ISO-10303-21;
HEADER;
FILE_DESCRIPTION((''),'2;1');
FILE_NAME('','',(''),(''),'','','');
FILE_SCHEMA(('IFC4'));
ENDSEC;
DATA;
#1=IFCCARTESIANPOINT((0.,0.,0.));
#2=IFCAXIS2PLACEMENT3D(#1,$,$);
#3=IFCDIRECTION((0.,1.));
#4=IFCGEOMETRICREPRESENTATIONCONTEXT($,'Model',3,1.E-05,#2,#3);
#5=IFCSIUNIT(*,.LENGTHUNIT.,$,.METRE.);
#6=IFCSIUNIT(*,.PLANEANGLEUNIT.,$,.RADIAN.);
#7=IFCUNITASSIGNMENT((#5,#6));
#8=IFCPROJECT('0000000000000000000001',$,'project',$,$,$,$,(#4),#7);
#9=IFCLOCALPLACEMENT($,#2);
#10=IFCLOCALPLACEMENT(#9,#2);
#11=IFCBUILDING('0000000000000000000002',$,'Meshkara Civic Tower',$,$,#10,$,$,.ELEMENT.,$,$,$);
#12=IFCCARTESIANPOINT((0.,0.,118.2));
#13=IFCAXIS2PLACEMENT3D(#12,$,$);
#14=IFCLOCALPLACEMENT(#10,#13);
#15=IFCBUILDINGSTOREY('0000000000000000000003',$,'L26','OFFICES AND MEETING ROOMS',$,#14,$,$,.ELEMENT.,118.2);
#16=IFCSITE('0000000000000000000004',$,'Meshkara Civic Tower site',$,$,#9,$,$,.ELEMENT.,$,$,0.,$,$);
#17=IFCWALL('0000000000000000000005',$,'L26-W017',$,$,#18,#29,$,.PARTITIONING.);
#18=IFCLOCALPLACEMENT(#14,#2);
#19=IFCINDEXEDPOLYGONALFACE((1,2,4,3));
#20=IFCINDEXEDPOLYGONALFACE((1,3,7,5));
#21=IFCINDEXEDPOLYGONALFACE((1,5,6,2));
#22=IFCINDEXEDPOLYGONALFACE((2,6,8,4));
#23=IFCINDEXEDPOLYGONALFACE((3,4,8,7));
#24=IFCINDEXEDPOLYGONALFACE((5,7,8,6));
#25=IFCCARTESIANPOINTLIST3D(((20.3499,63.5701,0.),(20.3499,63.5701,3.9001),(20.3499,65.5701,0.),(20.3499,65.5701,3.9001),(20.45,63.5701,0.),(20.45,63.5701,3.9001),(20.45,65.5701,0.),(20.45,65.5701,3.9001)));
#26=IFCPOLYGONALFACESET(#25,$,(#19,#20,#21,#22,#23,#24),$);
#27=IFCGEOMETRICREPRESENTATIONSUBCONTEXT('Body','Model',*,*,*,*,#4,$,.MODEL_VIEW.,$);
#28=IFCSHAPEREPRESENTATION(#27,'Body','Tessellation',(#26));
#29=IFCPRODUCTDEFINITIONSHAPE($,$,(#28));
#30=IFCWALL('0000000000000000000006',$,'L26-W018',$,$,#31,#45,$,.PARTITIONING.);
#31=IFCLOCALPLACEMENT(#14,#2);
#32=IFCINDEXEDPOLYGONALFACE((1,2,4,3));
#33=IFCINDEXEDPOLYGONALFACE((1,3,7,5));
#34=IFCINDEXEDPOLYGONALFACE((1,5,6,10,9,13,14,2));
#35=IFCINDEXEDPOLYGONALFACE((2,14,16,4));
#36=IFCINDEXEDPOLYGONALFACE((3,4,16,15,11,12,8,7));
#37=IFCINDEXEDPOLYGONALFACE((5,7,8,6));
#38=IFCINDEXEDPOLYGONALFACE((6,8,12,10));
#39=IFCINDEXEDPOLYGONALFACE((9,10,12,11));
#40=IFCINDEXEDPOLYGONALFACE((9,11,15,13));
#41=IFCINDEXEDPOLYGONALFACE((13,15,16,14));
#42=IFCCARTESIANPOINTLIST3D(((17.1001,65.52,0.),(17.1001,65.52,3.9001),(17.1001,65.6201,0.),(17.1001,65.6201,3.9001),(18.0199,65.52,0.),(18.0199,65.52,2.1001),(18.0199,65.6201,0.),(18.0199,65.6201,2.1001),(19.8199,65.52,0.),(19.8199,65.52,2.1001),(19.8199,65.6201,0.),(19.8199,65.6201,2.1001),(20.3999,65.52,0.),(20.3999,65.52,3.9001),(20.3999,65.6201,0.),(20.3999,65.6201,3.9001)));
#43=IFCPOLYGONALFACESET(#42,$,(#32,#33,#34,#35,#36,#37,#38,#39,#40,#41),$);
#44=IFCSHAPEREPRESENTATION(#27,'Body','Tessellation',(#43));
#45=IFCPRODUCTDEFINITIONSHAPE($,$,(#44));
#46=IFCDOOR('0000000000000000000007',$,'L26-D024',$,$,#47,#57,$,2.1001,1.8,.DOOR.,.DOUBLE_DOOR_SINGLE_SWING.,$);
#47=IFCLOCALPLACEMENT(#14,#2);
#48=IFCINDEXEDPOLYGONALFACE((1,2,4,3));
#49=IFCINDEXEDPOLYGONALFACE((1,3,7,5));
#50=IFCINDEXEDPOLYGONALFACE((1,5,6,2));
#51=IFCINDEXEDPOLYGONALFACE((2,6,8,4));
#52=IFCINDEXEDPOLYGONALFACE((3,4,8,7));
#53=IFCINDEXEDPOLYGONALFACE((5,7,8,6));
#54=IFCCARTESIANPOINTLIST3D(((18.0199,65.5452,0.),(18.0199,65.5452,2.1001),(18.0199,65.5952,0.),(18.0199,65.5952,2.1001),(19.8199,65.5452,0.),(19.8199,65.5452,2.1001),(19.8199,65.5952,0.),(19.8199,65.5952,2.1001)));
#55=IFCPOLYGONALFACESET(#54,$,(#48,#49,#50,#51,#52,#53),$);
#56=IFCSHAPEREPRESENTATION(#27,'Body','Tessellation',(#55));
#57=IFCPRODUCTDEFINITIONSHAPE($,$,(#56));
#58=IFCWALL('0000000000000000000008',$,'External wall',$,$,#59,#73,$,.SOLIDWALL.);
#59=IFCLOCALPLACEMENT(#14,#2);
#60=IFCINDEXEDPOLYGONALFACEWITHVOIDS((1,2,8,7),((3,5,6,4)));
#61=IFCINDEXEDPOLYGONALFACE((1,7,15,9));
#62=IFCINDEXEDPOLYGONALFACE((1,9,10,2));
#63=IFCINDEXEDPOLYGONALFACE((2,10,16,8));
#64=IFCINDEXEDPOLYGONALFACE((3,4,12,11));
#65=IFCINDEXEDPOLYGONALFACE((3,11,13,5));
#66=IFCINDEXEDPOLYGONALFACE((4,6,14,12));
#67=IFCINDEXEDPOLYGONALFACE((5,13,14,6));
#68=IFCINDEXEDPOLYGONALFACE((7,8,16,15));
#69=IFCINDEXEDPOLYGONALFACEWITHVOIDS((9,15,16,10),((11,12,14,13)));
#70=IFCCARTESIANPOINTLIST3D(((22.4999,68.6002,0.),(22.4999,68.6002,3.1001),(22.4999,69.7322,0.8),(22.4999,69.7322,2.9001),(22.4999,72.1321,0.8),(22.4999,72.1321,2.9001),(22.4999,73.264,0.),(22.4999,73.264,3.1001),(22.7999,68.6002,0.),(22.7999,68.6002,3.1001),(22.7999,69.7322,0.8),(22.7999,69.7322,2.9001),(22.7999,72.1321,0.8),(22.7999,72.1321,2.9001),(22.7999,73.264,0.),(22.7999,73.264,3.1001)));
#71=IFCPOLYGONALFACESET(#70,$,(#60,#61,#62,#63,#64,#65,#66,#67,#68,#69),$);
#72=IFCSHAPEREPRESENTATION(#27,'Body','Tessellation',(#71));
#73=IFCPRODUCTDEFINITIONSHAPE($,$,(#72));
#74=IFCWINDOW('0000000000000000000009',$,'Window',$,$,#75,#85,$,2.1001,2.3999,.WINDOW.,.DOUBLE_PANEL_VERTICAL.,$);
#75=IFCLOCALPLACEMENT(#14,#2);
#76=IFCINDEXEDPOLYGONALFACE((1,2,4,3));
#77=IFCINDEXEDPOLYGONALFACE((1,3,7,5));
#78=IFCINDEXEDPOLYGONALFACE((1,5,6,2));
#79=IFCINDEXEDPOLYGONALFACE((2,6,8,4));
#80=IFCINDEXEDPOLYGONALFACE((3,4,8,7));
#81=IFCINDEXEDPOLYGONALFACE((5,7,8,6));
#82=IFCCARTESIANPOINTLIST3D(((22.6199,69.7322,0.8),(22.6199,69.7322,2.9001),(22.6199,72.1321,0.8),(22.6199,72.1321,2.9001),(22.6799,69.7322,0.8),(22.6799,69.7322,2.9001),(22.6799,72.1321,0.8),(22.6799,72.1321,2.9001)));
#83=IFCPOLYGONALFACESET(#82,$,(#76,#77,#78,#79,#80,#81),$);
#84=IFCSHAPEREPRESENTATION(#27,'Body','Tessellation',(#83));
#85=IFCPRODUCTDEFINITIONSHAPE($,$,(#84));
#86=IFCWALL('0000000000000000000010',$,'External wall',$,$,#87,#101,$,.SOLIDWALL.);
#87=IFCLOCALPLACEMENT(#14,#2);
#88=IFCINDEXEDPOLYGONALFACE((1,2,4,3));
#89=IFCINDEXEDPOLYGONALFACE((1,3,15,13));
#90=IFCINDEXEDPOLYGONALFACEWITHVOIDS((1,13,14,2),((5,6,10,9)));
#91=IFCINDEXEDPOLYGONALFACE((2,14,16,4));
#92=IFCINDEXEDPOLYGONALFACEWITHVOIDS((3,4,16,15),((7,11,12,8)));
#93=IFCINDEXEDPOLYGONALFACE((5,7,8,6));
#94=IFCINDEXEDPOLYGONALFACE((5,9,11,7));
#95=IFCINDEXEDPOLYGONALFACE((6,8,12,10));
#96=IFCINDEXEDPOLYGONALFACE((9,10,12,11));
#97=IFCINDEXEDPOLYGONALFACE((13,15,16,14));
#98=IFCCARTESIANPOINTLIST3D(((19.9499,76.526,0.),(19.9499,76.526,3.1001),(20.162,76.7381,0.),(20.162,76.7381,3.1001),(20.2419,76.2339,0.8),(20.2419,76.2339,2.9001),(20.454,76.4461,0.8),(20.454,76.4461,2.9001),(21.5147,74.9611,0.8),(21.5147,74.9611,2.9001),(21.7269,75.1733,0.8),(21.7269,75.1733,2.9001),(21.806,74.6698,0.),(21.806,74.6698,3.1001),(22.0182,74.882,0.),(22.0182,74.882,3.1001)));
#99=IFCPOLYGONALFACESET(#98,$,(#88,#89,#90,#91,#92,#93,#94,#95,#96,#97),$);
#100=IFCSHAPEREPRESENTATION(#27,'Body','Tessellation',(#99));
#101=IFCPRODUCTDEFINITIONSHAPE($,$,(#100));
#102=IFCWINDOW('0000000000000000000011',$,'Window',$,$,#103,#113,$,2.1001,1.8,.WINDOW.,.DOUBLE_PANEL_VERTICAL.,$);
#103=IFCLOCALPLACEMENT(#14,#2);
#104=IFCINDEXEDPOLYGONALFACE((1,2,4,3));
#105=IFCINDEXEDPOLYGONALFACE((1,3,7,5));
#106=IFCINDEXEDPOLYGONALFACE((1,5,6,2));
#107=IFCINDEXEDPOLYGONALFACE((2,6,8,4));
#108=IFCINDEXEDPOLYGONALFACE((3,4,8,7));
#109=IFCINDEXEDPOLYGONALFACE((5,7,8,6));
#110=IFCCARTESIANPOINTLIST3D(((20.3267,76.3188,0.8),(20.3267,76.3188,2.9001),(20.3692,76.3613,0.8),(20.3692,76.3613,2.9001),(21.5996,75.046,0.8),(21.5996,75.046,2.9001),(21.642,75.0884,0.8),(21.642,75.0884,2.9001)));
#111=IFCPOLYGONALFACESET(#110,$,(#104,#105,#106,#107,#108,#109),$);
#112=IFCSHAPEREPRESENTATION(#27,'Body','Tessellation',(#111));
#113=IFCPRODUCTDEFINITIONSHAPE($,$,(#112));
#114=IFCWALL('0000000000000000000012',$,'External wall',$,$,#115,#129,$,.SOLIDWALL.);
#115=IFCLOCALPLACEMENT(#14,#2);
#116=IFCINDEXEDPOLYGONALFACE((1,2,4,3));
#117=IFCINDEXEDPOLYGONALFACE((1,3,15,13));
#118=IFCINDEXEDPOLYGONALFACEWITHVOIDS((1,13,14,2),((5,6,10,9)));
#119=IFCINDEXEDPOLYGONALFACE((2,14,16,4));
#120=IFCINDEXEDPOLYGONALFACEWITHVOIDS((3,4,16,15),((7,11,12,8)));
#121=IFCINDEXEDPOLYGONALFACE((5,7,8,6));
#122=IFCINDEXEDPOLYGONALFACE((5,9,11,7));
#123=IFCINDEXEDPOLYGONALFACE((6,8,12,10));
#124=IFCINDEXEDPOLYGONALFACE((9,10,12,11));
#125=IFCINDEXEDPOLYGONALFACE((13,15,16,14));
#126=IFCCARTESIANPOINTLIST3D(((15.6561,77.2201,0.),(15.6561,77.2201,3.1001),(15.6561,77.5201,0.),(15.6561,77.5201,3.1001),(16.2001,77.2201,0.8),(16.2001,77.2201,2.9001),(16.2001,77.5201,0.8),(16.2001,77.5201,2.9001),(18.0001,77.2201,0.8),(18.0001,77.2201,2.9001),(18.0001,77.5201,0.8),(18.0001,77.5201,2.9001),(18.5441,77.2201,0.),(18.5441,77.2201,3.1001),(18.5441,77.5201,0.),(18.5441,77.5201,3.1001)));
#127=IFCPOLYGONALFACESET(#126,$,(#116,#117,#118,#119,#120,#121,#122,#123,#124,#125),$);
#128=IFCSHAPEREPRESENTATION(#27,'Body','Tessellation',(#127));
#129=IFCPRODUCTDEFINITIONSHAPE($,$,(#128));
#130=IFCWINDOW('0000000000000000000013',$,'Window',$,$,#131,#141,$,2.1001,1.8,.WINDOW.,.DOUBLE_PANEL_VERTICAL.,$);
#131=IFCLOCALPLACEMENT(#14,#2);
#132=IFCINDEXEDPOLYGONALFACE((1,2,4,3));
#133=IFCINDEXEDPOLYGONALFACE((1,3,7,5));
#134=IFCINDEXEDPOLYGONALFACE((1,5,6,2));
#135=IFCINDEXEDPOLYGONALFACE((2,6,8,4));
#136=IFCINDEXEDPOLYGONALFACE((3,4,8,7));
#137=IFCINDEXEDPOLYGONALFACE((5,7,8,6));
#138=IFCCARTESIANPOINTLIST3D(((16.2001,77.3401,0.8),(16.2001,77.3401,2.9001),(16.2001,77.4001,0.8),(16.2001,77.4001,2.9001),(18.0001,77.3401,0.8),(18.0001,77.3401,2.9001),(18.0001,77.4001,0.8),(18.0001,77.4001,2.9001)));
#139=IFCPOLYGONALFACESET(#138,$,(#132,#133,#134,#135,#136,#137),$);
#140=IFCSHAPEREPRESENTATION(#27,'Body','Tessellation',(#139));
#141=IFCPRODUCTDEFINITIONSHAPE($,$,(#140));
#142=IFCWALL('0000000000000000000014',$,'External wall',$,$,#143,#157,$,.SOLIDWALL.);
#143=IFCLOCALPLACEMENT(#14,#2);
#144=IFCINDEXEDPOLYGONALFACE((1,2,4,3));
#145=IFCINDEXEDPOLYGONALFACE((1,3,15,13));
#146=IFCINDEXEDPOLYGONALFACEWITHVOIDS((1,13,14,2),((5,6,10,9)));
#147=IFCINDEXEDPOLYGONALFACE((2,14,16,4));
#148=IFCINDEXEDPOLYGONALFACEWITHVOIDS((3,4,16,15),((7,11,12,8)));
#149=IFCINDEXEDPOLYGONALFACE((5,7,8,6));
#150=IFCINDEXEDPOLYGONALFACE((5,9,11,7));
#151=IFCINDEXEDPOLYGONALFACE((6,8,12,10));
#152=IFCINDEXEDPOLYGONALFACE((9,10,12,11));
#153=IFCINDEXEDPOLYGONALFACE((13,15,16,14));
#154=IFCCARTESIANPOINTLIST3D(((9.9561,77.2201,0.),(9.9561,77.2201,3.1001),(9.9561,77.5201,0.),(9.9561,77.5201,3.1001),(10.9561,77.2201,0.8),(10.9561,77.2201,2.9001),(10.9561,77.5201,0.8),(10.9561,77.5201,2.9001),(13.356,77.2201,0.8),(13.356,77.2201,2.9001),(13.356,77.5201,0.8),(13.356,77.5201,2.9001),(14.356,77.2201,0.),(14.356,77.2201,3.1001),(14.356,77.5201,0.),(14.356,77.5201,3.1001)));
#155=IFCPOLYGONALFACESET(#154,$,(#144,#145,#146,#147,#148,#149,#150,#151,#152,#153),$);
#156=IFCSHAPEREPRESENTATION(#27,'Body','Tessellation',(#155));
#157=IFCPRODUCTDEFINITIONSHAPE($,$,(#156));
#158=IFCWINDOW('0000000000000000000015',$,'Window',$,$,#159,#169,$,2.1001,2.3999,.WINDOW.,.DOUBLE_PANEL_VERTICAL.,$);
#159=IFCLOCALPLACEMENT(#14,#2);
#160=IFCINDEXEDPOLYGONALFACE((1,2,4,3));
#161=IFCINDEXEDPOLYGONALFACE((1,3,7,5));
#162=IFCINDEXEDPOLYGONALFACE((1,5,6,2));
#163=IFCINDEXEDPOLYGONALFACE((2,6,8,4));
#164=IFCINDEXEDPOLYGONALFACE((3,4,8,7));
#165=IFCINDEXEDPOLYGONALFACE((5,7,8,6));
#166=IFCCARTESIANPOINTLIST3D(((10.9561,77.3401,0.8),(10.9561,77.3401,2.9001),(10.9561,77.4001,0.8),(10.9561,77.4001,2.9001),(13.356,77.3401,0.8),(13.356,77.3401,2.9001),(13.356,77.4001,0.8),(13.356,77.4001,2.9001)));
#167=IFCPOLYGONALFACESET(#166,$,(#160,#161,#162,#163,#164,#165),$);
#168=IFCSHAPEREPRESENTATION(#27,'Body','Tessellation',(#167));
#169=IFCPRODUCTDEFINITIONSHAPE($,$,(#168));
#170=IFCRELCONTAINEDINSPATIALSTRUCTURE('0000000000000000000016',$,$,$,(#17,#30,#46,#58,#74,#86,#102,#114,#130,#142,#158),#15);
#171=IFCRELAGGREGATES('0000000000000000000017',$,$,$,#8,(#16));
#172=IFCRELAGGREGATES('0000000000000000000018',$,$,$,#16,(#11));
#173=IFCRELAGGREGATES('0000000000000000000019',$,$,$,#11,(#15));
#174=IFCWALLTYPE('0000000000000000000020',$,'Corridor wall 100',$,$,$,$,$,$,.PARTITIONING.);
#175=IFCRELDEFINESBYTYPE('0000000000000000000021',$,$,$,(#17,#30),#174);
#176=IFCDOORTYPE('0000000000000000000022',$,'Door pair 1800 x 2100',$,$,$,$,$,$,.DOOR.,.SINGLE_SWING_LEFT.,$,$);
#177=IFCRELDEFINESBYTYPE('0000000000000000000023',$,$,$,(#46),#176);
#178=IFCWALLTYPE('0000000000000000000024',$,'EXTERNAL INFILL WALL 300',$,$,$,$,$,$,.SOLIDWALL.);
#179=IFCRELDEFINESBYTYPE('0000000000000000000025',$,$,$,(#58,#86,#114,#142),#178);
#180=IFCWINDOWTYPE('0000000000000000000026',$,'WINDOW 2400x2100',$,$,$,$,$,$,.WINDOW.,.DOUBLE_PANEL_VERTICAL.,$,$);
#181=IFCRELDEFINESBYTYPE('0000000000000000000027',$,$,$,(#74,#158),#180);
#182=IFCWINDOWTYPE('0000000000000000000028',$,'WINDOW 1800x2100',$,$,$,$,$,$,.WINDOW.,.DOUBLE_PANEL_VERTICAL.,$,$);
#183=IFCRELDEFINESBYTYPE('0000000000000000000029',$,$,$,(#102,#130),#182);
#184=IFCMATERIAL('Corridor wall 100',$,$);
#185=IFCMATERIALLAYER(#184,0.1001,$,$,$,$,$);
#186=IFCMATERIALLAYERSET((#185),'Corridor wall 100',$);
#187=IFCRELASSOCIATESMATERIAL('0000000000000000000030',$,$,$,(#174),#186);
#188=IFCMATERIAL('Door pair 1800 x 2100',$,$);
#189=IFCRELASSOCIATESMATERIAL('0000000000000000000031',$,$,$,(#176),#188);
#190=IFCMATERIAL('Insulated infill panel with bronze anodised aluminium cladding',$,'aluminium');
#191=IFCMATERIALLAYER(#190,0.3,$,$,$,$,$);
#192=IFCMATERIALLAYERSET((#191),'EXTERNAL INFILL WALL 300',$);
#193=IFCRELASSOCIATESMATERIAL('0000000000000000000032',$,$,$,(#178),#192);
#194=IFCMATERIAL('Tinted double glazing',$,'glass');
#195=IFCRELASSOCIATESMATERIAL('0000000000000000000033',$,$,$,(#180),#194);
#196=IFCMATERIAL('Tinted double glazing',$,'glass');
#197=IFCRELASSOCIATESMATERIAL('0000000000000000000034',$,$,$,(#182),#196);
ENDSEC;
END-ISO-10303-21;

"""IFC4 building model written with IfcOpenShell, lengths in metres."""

from ifc_helpers import new_model, si_unit, direction, frame, frame_2d, origin, place, context, subcontext, project, spatial, rectangle, extrude, material, layer, layer_set, type_object, element, fill, save


model = new_model("IFC4")

# Units and contexts
model_context = context("Model", 3, precision=1e-05, world=origin(), true_north=direction((0.0, 1.0)))
body_context = subcontext(model_context, "Body", "Model", "MODEL_VIEW")
ifc_project = project(units=[si_unit("LENGTHUNIT", "METRE"), si_unit("PLANEANGLEUNIT", "RADIAN")], contexts=[model_context])

# Site, building, storey
site_placement = place(None, origin())
site = spatial("IfcSite", under=ifc_project, at=site_placement, Name="Meshkara Civic Tower site", CompositionType="ELEMENT", RefElevation=0.0)
building_placement = place(site_placement, origin())
building = spatial("IfcBuilding", under=site, at=building_placement, Name="Meshkara Civic Tower", CompositionType="ELEMENT")
storey_placement = place(building_placement, frame((0.0, 0.0, 118.2)))
storey = spatial("IfcBuildingStorey", under=building, at=storey_placement, Name="L26", Description="OFFICES AND MEETING ROOMS", CompositionType="ELEMENT", Elevation=118.2)

# Shared definitions
ifc_material_1 = material(Name="Corridor wall 100")
ifc_layer_1 = layer(ifc_material_1, 0.1001)
ifc_layer_set_1 = layer_set([ifc_layer_1], Name="Corridor wall 100")
wall_type_1 = type_object("IfcWallType", Name="Corridor wall 100", PredefinedType="PARTITIONING", material=ifc_layer_set_1)
ifc_material_2 = material(Name="Door pair 1800 x 2100")
door_type_1 = type_object("IfcDoorType", Name="Door pair 1800 x 2100", OperationType="SINGLE_SWING_LEFT", PredefinedType="DOOR", material=ifc_material_2)

# Wall
wall_1_placement = place(storey_placement, frame((20.3999, 63.5701, 0.0), z_axis=(0.0, 0.0, 1.0), x_axis=(0.0, 1.0, 0.0)))
element("IfcWall", 1, at=wall_1_placement, inside=storey, type_object=wall_type_1, Name="L26-W017", PredefinedType="PARTITIONING", context=body_context, shape_type="SweptSolid", body=[
    extrude(rectangle(XDim=2.0, YDim=0.1001, at=frame_2d((1.0, 0.0))), origin(), (0.0, 0.0, 1.0), 3.9001),
])

# Wall, opening, door
wall_2_placement = place(storey_placement, frame((20.3999, 65.5701, 0.0), z_axis=(0.0, 0.0, 1.0), x_axis=(-1.0, 0.0, 0.0)))
wall_2 = element("IfcWall", 2, at=wall_2_placement, inside=storey, type_object=wall_type_1, Name="L26-W018", PredefinedType="PARTITIONING", context=body_context, shape_type="SweptSolid", body=[
    extrude(rectangle(XDim=3.2998, YDim=0.1001, at=frame_2d((1.6499, 0.0))), origin(), (0.0, 0.0, 1.0), 3.9001),
])
opening_1_placement = place(wall_2_placement, frame((0.5801, 0.0, 0.0)))
opening_1 = element("IfcOpeningElement", 3, at=opening_1_placement, cuts=wall_2, PredefinedType="OPENING", context=body_context, shape_type="SweptSolid", body=[
    extrude(rectangle(XDim=1.8, YDim=2.1001, at=frame_2d((0.8999, 1.05))), frame((0.0, 0.0601, 0.0), z_axis=(0.0, -1.0, 0.0), x_axis=(1.0, 0.0, 0.0)), (0.0, 0.0, 1.0), 0.1201),
])
door_1_placement = place(opening_1_placement, origin())
door_1 = element("IfcDoor", 4, at=door_1_placement, inside=storey, type_object=door_type_1, Name="L26-D024", OperationType="DOUBLE_DOOR_SINGLE_SWING", OverallHeight=2.1001, OverallWidth=1.8, PredefinedType="DOOR", context=body_context, shape_type="SweptSolid", body=[
    extrude(rectangle(XDim=1.8, YDim=2.1001, at=frame_2d((0.8999, 1.05))), frame((0.0, 0.0249, 0.0), z_axis=(0.0, -1.0, 0.0), x_axis=(1.0, 0.0, 0.0)), (0.0, 0.0, 1.0), 0.05),
])
fill(opening_1, door_1)

# Walls, openings, windows
ifc_material_3 = material(Name="Insulated infill panel with bronze anodised aluminium cladding", Category="aluminium")
ifc_layer_2 = layer(ifc_material_3, 0.3)
ifc_layer_set_2 = layer_set([ifc_layer_2], Name="EXTERNAL INFILL WALL 300")
wall_type_2 = type_object("IfcWallType", Name="EXTERNAL INFILL WALL 300", PredefinedType="SOLIDWALL", material=ifc_layer_set_2)
wall_3_placement = place(storey_placement, frame((22.6499, 68.6001, 0.0), z_axis=(0.0, 0.0, 1.0), x_axis=(0.0, 1.0, 0.0)))
wall_3 = element("IfcWall", 5, at=wall_3_placement, inside=storey, type_object=wall_type_2, Name="External wall", PredefinedType="SOLIDWALL", context=body_context, shape_type="SweptSolid", body=[
    extrude(rectangle(XDim=4.6638, YDim=0.3, at=frame_2d((2.332, 0.0))), origin(), (0.0, 0.0, 1.0), 3.1001),
])
opening_2_placement = place(wall_3_placement, frame((1.1321, 0.0, 0.8)))
opening_2 = element("IfcOpeningElement", 6, at=opening_2_placement, cuts=wall_3, PredefinedType="OPENING", context=body_context, shape_type="SweptSolid", body=[
    extrude(rectangle(XDim=2.3999, YDim=2.1001, at=frame_2d((1.2, 1.05))), frame((0.0, 0.1599, 0.0), z_axis=(0.0, -1.0, 0.0), x_axis=(1.0, 0.0, 0.0)), (0.0, 0.0, 1.0), 0.3201),
])
ifc_material_4 = material(Name="Tinted double glazing", Category="glass")
window_type_1 = type_object("IfcWindowType", Name="WINDOW 2400x2100", PartitioningType="DOUBLE_PANEL_VERTICAL", PredefinedType="WINDOW", material=ifc_material_4)
window_1_placement = place(opening_2_placement, origin())
window_1 = element("IfcWindow", 7, at=window_1_placement, inside=storey, type_object=window_type_1, Name="Window", OverallHeight=2.1001, OverallWidth=2.3999, PartitioningType="DOUBLE_PANEL_VERTICAL", PredefinedType="WINDOW", context=body_context, shape_type="SweptSolid", body=[
    extrude(rectangle(XDim=2.3999, YDim=2.1001, at=frame_2d((1.2, 1.05))), frame((0.0, 0.03, 0.0), z_axis=(0.0, -1.0, 0.0), x_axis=(1.0, 0.0, 0.0)), (0.0, 0.0, 1.0), 0.0601),
])
fill(opening_2, window_1)
wall_4_placement = place(storey_placement, frame((21.9121, 74.7759, 0.0), z_axis=(0.0, 0.0, 1.0), x_axis=(-0.707107, 0.707107, 0.0)))
wall_4 = element("IfcWall", 8, at=wall_4_placement, inside=storey, type_object=wall_type_2, Name="External wall", PredefinedType="SOLIDWALL", context=body_context, shape_type="SweptSolid", body=[
    extrude(rectangle(XDim=2.625, YDim=0.3, at=frame_2d((1.3125, 0.0))), origin(), (0.0, 0.0, 1.0), 3.1001),
])
opening_3_placement = place(wall_4_placement, frame((0.4121, 0.0, 0.8)))
opening_3 = element("IfcOpeningElement", 9, at=opening_3_placement, cuts=wall_4, PredefinedType="OPENING", context=body_context, shape_type="SweptSolid", body=[
    extrude(rectangle(XDim=1.8, YDim=2.1001, at=frame_2d((0.8999, 1.05))), frame((0.0, 0.1599, 0.0), z_axis=(0.0, -1.0, 0.0), x_axis=(1.0, 0.0, 0.0)), (0.0, 0.0, 1.0), 0.3201),
])
ifc_material_5 = material(Name="Tinted double glazing", Category="glass")
window_type_2 = type_object("IfcWindowType", Name="WINDOW 1800x2100", PartitioningType="DOUBLE_PANEL_VERTICAL", PredefinedType="WINDOW", material=ifc_material_5)
window_2_placement = place(opening_3_placement, origin())
window_2 = element("IfcWindow", 10, at=window_2_placement, inside=storey, type_object=window_type_2, Name="Window", OverallHeight=2.1001, OverallWidth=1.8, PartitioningType="DOUBLE_PANEL_VERTICAL", PredefinedType="WINDOW", context=body_context, shape_type="SweptSolid", body=[
    extrude(rectangle(XDim=1.8, YDim=2.1001, at=frame_2d((0.8999, 1.05))), frame((0.0, 0.03, 0.0), z_axis=(0.0, -1.0, 0.0), x_axis=(1.0, 0.0, 0.0)), (0.0, 0.0, 1.0), 0.0601),
])
fill(opening_3, window_2)
wall_5_placement = place(storey_placement, frame((18.5439, 77.3701, 0.0), z_axis=(0.0, 0.0, 1.0), x_axis=(-1.0, 0.0, 0.0)))
wall_5 = element("IfcWall", 11, at=wall_5_placement, inside=storey, type_object=wall_type_2, Name="External wall", PredefinedType="SOLIDWALL", context=body_context, shape_type="SweptSolid", body=[
    extrude(rectangle(XDim=2.8879, YDim=0.3, at=frame_2d((1.4438, 0.0))), origin(), (0.0, 0.0, 1.0), 3.1001),
])
opening_4_placement = place(wall_5_placement, frame((0.5439, 0.0, 0.8)))
opening_4 = element("IfcOpeningElement", 12, at=opening_4_placement, cuts=wall_5, PredefinedType="OPENING", context=body_context, shape_type="SweptSolid", body=[
    extrude(rectangle(XDim=1.8, YDim=2.1001, at=frame_2d((0.8999, 1.05))), frame((0.0, 0.1599, 0.0), z_axis=(0.0, -1.0, 0.0), x_axis=(1.0, 0.0, 0.0)), (0.0, 0.0, 1.0), 0.3201),
])
window_3_placement = place(opening_4_placement, origin())
window_3 = element("IfcWindow", 13, at=window_3_placement, inside=storey, type_object=window_type_2, Name="Window", OverallHeight=2.1001, OverallWidth=1.8, PartitioningType="DOUBLE_PANEL_VERTICAL", PredefinedType="WINDOW", context=body_context, shape_type="SweptSolid", body=[
    extrude(rectangle(XDim=1.8, YDim=2.1001, at=frame_2d((0.8999, 1.05))), frame((0.0, 0.03, 0.0), z_axis=(0.0, -1.0, 0.0), x_axis=(1.0, 0.0, 0.0)), (0.0, 0.0, 1.0), 0.0601),
])
fill(opening_4, window_3)
wall_6_placement = place(storey_placement, frame((14.356, 77.3701, 0.0), z_axis=(0.0, 0.0, 1.0), x_axis=(-1.0, 0.0, 0.0)))
wall_6 = element("IfcWall", 14, at=wall_6_placement, inside=storey, type_object=wall_type_2, Name="External wall", PredefinedType="SOLIDWALL", context=body_context, shape_type="SweptSolid", body=[
    extrude(rectangle(XDim=4.3999, YDim=0.3, at=frame_2d((2.2, 0.0))), origin(), (0.0, 0.0, 1.0), 3.1001),
])
opening_5_placement = place(wall_6_placement, frame((1.0, 0.0, 0.8)))
opening_5 = element("IfcOpeningElement", 15, at=opening_5_placement, cuts=wall_6, PredefinedType="OPENING", context=body_context, shape_type="SweptSolid", body=[
    extrude(rectangle(XDim=2.3999, YDim=2.1001, at=frame_2d((1.2, 1.05))), frame((0.0, 0.1599, 0.0), z_axis=(0.0, -1.0, 0.0), x_axis=(1.0, 0.0, 0.0)), (0.0, 0.0, 1.0), 0.3201),
])
window_4_placement = place(opening_5_placement, origin())
window_4 = element("IfcWindow", 16, at=window_4_placement, inside=storey, type_object=window_type_1, Name="Window", OverallHeight=2.1001, OverallWidth=2.3999, PartitioningType="DOUBLE_PANEL_VERTICAL", PredefinedType="WINDOW", context=body_context, shape_type="SweptSolid", body=[
    extrude(rectangle(XDim=2.3999, YDim=2.1001, at=frame_2d((1.2, 1.05))), frame((0.0, 0.03, 0.0), z_axis=(0.0, -1.0, 0.0), x_axis=(1.0, 0.0, 0.0)), (0.0, 0.0, 1.0), 0.0601),
])
fill(opening_5, window_4)

save(model, "model.ifc")
